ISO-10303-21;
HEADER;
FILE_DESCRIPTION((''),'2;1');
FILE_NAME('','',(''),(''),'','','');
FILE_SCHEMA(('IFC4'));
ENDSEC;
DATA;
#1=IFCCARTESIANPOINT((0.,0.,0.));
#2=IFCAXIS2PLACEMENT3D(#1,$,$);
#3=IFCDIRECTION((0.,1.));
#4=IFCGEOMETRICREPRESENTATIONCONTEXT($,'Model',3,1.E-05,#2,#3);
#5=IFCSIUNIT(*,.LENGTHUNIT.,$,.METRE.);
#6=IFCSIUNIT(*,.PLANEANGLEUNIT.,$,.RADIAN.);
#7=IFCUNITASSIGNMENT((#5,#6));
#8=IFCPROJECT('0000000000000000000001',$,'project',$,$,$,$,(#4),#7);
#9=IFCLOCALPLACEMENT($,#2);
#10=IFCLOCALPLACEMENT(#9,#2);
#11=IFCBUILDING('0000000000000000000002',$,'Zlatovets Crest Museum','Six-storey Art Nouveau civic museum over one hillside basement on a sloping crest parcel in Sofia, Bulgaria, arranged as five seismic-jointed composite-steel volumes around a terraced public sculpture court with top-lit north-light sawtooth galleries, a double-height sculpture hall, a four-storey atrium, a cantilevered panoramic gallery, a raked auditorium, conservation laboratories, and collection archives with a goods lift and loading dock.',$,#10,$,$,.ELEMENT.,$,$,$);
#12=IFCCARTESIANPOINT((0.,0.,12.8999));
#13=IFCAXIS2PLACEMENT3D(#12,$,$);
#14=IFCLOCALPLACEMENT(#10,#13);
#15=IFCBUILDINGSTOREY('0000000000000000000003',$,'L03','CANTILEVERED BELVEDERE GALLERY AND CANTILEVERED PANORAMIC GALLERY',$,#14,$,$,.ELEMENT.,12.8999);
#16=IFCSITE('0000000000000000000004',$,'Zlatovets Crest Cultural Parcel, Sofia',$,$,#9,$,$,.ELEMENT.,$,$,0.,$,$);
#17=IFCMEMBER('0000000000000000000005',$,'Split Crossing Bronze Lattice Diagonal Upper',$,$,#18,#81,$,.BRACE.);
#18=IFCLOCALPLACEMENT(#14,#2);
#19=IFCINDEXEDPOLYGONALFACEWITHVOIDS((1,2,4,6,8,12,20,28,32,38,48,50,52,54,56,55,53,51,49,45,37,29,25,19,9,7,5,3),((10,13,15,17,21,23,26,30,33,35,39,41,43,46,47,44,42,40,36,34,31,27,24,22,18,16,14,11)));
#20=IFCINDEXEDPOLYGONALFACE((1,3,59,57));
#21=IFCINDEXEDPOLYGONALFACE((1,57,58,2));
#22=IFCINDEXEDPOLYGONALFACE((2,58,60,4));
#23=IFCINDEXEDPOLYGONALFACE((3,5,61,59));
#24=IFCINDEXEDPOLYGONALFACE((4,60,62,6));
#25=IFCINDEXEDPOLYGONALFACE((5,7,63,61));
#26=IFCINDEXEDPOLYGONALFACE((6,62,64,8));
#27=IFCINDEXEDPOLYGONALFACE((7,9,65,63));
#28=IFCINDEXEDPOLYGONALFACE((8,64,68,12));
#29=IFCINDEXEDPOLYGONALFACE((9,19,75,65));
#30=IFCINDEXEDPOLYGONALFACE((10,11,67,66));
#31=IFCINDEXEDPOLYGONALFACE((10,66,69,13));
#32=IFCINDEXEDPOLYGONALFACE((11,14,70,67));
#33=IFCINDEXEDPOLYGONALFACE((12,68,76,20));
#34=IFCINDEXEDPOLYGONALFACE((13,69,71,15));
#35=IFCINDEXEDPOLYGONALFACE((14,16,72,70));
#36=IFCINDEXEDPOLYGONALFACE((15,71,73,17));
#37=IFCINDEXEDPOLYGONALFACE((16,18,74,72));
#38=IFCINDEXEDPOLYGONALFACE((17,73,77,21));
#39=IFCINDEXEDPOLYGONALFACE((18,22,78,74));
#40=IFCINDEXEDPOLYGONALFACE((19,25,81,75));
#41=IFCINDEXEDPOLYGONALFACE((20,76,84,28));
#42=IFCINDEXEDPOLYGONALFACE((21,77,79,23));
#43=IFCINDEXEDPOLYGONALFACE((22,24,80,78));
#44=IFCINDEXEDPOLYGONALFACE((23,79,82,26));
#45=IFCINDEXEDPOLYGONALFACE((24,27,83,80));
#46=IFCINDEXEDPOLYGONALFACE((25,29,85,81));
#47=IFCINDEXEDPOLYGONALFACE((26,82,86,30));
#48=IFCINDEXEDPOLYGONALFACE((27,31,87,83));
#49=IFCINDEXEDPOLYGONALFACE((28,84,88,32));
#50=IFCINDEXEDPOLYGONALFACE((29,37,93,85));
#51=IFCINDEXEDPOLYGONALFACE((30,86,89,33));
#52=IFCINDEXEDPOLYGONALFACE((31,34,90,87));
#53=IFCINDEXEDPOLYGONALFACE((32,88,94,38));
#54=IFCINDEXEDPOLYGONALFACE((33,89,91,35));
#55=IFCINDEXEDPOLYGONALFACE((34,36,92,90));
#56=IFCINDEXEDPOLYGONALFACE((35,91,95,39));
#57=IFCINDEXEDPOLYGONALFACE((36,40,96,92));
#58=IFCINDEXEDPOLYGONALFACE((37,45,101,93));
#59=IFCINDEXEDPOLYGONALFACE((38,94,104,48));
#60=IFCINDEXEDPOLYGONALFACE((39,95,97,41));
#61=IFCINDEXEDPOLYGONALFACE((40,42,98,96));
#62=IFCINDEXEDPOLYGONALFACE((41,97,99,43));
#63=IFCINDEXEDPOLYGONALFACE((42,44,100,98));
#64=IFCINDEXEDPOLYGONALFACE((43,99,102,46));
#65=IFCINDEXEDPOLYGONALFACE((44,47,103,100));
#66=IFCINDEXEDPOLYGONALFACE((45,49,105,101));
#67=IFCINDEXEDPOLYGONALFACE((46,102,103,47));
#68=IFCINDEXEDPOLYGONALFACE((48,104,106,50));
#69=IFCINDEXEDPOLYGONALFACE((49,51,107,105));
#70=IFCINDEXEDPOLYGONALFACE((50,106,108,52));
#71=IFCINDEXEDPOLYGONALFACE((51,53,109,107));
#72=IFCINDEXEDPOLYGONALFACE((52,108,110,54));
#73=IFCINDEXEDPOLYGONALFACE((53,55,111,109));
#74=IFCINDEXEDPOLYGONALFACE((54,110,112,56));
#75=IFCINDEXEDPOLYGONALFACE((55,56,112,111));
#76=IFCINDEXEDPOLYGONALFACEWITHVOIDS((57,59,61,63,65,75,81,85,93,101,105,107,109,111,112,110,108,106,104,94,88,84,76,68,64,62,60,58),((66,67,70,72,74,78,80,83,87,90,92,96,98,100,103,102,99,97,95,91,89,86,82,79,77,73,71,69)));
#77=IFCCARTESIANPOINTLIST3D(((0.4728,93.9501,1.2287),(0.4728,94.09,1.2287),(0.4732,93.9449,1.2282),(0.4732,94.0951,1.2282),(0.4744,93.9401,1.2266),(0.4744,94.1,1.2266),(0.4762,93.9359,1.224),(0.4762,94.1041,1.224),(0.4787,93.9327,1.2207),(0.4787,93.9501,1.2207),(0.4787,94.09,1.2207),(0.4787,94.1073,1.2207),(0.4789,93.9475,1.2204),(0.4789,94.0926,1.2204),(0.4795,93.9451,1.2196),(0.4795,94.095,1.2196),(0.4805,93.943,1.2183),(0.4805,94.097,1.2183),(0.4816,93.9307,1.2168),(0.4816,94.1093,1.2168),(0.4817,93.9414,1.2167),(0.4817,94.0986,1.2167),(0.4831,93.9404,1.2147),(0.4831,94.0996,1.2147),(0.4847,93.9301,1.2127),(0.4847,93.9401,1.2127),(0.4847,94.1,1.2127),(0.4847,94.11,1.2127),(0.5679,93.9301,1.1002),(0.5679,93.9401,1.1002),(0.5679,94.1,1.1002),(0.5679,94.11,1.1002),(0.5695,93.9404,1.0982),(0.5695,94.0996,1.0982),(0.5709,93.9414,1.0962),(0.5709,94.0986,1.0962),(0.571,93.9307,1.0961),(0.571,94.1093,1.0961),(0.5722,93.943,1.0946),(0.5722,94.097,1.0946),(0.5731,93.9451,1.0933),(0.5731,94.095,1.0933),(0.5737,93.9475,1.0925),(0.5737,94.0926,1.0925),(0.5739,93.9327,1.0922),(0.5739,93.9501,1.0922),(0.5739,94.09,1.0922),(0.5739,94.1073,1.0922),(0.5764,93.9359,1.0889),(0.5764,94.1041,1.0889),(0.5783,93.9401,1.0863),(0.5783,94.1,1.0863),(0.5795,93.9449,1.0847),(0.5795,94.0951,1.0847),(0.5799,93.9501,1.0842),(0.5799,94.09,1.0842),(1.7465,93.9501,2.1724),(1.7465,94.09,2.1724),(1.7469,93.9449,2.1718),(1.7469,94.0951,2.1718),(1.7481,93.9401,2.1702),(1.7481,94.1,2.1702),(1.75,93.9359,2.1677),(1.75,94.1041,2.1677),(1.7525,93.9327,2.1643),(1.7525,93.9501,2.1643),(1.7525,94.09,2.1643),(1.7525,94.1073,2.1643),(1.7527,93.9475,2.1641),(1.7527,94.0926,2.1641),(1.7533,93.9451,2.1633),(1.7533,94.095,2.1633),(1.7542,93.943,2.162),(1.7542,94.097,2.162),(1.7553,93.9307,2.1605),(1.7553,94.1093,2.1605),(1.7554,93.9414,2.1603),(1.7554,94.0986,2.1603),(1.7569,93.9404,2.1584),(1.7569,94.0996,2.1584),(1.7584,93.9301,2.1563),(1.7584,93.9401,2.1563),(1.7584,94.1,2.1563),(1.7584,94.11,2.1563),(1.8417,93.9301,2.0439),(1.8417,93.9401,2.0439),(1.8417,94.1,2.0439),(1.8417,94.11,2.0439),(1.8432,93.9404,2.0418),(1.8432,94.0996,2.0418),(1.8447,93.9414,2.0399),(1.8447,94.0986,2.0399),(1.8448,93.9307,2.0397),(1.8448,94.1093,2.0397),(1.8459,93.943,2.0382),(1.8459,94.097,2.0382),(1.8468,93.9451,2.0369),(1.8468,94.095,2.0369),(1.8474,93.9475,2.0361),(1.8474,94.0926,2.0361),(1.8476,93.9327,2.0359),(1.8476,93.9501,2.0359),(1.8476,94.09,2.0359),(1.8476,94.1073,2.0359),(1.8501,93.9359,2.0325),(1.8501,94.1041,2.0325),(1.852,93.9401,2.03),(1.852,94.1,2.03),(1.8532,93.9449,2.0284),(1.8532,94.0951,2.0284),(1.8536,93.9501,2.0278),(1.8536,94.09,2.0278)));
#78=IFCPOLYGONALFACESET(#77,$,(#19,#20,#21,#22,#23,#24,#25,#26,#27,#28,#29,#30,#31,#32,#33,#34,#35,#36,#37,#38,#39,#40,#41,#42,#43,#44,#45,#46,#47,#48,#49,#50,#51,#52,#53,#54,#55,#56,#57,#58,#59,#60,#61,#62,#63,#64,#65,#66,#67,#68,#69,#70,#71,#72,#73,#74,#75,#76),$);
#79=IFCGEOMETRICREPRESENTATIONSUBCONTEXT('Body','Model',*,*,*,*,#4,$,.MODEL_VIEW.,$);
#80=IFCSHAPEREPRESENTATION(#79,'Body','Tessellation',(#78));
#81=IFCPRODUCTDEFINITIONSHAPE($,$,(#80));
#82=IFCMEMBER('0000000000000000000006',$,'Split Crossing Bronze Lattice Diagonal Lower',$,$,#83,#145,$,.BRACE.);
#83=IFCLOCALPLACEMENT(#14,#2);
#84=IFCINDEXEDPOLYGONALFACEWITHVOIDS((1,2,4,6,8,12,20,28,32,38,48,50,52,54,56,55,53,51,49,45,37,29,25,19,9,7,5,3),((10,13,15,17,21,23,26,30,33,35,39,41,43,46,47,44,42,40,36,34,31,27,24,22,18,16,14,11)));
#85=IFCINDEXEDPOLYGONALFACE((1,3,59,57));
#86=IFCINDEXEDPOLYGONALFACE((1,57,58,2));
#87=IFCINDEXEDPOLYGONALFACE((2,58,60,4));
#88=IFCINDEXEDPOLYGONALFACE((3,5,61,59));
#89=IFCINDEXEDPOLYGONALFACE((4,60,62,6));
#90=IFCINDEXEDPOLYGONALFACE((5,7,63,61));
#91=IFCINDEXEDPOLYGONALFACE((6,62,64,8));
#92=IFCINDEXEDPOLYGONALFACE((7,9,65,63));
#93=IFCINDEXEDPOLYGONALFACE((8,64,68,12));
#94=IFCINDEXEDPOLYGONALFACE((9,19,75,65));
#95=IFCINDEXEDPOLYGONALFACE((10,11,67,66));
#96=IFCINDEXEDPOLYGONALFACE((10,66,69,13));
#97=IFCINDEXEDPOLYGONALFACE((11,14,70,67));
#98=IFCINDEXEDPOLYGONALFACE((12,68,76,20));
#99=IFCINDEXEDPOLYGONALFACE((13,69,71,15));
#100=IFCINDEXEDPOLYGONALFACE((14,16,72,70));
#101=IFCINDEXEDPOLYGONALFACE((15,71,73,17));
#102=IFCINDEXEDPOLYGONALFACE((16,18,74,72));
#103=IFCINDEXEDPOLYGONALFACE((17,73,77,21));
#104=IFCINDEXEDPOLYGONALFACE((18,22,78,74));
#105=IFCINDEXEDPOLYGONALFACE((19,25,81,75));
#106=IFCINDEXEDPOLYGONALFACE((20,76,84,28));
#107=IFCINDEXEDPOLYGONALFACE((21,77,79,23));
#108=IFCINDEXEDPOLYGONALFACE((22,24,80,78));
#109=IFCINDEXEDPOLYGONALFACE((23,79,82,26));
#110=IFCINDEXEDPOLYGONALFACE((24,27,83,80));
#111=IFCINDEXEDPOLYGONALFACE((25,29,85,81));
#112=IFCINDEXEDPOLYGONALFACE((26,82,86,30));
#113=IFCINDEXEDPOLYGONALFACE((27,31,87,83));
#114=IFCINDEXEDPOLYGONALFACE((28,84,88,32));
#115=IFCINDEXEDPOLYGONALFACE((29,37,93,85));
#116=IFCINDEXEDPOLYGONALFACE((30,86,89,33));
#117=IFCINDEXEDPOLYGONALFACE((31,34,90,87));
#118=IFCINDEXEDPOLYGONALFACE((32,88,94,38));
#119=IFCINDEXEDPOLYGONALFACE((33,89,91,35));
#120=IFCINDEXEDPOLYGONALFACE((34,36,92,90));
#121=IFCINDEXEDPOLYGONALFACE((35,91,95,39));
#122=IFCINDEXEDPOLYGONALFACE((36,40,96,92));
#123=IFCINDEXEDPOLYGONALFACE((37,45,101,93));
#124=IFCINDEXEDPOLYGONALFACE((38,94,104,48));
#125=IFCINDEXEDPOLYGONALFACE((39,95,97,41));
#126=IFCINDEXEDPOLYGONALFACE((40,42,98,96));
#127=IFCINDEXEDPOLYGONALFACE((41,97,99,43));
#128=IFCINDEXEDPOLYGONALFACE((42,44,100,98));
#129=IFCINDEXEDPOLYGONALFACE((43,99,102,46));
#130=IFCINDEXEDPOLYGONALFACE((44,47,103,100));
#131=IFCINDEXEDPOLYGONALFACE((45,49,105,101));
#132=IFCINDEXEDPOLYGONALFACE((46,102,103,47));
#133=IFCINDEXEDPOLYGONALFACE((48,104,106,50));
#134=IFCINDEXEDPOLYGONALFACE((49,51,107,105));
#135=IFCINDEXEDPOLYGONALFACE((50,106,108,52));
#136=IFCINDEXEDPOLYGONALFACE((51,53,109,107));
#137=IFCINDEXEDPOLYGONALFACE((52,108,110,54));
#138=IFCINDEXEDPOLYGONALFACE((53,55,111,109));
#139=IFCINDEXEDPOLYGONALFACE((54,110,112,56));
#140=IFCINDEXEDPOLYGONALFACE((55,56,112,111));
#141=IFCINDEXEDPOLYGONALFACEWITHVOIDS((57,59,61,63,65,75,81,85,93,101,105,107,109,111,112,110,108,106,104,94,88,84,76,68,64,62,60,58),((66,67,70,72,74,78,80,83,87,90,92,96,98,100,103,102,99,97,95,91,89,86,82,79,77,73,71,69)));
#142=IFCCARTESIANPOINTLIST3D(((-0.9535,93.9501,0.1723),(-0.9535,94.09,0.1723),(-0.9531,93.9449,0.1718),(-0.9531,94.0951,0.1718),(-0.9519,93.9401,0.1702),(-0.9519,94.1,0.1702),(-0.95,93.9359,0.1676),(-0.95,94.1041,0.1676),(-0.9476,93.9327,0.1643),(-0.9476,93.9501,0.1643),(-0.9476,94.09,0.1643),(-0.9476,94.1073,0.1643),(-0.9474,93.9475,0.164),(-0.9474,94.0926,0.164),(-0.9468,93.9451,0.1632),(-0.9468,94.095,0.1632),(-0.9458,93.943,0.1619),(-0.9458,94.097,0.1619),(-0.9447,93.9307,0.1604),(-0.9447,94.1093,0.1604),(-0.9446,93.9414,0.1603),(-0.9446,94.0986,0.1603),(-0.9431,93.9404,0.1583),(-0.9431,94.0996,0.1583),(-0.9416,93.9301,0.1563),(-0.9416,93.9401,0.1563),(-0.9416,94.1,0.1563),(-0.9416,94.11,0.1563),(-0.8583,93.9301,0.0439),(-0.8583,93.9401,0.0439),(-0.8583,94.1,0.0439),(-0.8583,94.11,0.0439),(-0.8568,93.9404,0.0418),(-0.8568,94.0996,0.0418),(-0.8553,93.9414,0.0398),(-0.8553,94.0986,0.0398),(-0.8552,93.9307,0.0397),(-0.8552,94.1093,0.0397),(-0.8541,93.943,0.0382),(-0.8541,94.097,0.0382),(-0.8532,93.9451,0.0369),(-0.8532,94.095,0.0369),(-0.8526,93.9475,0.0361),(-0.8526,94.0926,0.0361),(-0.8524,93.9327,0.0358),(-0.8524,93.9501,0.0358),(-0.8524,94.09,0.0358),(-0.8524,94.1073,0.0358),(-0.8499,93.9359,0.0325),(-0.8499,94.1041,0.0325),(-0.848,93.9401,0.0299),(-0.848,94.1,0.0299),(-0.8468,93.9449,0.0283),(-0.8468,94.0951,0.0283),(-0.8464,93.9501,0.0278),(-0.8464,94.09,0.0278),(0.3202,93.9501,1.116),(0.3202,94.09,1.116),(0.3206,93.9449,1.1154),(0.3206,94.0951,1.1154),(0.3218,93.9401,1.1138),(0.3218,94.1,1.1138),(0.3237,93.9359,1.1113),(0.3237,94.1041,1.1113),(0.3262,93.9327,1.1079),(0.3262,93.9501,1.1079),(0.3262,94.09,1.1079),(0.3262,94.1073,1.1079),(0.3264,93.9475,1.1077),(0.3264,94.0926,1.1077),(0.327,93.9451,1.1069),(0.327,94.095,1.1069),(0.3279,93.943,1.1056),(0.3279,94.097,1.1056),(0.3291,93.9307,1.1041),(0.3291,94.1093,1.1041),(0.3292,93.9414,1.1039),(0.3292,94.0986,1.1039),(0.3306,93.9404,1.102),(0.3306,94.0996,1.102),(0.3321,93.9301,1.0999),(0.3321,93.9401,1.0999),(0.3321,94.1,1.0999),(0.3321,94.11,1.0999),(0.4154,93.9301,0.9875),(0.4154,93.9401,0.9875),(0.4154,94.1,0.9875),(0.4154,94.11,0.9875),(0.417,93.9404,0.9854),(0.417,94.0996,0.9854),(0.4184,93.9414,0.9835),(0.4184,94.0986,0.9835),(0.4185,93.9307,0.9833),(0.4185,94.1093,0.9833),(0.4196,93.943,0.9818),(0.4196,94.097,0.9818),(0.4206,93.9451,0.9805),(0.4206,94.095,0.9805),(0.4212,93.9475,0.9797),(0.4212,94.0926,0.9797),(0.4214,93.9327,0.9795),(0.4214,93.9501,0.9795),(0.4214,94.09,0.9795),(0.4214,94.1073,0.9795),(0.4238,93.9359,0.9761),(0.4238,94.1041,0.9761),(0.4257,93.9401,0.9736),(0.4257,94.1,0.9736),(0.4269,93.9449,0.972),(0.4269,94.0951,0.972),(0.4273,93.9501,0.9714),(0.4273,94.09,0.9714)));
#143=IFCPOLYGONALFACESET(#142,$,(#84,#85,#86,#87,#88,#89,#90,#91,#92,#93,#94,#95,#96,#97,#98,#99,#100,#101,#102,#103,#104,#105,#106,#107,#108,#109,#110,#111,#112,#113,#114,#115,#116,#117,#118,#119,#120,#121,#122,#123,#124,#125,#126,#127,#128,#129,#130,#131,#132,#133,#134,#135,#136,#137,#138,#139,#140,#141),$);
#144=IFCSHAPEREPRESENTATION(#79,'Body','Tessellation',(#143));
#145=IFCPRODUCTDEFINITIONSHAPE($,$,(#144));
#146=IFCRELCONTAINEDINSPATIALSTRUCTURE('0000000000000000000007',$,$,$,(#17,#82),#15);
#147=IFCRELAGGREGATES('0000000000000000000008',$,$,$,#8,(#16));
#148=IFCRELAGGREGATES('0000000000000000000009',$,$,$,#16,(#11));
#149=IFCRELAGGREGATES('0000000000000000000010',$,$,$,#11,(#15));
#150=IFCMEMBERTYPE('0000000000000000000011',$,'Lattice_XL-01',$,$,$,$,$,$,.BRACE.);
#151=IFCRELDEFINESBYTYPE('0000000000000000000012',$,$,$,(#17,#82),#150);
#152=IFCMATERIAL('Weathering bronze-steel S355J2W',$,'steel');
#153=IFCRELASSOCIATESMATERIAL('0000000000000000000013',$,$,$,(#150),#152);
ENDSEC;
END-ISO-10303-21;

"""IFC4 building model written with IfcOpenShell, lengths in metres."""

from ifc_helpers import new_model, si_unit, direction, frame, origin, origin_2d, place, context, subcontext, project, spatial, hollow_rectangle, extrude, material, material_profile, profile_set, type_object, element, save


model = new_model("IFC4")

# Units and contexts
model_context = context("Model", 3, precision=1e-05, world=origin(), true_north=direction((0.0, 1.0)))
body_context = subcontext(model_context, "Body", "Model", "MODEL_VIEW")
ifc_project = project(units=[si_unit("LENGTHUNIT", "METRE"), si_unit("PLANEANGLEUNIT", "RADIAN")], contexts=[model_context])

# Site, building, storey
site_placement = place(None, origin())
site = spatial("IfcSite", under=ifc_project, at=site_placement, Name="Zlatovets Crest Cultural Parcel, Sofia", CompositionType="ELEMENT", RefElevation=0.0)
building_placement = place(site_placement, origin())
building = spatial("IfcBuilding", under=site, at=building_placement, Name="Zlatovets Crest Museum", Description="Six-storey Art Nouveau civic museum over one hillside basement on a sloping crest parcel in Sofia, Bulgaria, arranged as five seismic-jointed composite-steel volumes around a terraced public sculpture court with top-lit north-light sawtooth galleries, a double-height sculpture hall, a four-storey atrium, a cantilevered panoramic gallery, a raked auditorium, conservation laboratories, and collection archives with a goods lift and loading dock.", CompositionType="ELEMENT")
storey_placement = place(building_placement, frame((0.0, 0.0, 12.8999)))
storey = spatial("IfcBuildingStorey", under=building, at=storey_placement, Name="L03", Description="CANTILEVERED BELVEDERE GALLERY AND CANTILEVERED PANORAMIC GALLERY", CompositionType="ELEMENT", Elevation=12.8999)

# Members
ifc_material_1 = material(Name="Weathering bronze-steel S355J2W", Category="steel")
ifc_material_profile_1 = material_profile(ifc_material_1, hollow_rectangle(XDim=0.1799, YDim=0.1799, WallThickness=0.01, InnerFilletRadius=0.01, OuterFilletRadius=0.02, at=origin_2d()), Name="SHS 180x180x10.0")
ifc_profile_set_1 = profile_set([ifc_material_profile_1], Name="Weathering bronze-steel S355J2W")
member_type_1 = type_object("IfcMemberType", Name="Lattice_XL-01", PredefinedType="BRACE", material=ifc_profile_set_1)
for number, where, z_axis, x_axis, name in (
    (1, (1.8, 94.02, 2.1001), (-0.803516, 0.0, -0.595283), (0.0, -1.0, 0.0), "Split Crossing Bronze Lattice Diagonal Upper"),
    (2, (0.3738, 94.02, 1.0437), (-0.803516, 0.0, -0.595283), (0.0, -1.0, 0.0), "Split Crossing Bronze Lattice Diagonal Lower"),
):
    element("IfcMember", number, at=place(storey_placement, frame(where, z_axis=z_axis, x_axis=x_axis)), inside=storey, type_object=member_type_1, Name=name, PredefinedType="BRACE", context=body_context, shape_type="SweptSolid", body=[
        extrude(hollow_rectangle(XDim=0.1799, YDim=0.1799, WallThickness=0.01, InnerFilletRadius=0.01, OuterFilletRadius=0.02, at=origin_2d()), origin(), (0.0, 0.0, 1.0), 1.5852),
    ])

save(model, "model.ifc")
